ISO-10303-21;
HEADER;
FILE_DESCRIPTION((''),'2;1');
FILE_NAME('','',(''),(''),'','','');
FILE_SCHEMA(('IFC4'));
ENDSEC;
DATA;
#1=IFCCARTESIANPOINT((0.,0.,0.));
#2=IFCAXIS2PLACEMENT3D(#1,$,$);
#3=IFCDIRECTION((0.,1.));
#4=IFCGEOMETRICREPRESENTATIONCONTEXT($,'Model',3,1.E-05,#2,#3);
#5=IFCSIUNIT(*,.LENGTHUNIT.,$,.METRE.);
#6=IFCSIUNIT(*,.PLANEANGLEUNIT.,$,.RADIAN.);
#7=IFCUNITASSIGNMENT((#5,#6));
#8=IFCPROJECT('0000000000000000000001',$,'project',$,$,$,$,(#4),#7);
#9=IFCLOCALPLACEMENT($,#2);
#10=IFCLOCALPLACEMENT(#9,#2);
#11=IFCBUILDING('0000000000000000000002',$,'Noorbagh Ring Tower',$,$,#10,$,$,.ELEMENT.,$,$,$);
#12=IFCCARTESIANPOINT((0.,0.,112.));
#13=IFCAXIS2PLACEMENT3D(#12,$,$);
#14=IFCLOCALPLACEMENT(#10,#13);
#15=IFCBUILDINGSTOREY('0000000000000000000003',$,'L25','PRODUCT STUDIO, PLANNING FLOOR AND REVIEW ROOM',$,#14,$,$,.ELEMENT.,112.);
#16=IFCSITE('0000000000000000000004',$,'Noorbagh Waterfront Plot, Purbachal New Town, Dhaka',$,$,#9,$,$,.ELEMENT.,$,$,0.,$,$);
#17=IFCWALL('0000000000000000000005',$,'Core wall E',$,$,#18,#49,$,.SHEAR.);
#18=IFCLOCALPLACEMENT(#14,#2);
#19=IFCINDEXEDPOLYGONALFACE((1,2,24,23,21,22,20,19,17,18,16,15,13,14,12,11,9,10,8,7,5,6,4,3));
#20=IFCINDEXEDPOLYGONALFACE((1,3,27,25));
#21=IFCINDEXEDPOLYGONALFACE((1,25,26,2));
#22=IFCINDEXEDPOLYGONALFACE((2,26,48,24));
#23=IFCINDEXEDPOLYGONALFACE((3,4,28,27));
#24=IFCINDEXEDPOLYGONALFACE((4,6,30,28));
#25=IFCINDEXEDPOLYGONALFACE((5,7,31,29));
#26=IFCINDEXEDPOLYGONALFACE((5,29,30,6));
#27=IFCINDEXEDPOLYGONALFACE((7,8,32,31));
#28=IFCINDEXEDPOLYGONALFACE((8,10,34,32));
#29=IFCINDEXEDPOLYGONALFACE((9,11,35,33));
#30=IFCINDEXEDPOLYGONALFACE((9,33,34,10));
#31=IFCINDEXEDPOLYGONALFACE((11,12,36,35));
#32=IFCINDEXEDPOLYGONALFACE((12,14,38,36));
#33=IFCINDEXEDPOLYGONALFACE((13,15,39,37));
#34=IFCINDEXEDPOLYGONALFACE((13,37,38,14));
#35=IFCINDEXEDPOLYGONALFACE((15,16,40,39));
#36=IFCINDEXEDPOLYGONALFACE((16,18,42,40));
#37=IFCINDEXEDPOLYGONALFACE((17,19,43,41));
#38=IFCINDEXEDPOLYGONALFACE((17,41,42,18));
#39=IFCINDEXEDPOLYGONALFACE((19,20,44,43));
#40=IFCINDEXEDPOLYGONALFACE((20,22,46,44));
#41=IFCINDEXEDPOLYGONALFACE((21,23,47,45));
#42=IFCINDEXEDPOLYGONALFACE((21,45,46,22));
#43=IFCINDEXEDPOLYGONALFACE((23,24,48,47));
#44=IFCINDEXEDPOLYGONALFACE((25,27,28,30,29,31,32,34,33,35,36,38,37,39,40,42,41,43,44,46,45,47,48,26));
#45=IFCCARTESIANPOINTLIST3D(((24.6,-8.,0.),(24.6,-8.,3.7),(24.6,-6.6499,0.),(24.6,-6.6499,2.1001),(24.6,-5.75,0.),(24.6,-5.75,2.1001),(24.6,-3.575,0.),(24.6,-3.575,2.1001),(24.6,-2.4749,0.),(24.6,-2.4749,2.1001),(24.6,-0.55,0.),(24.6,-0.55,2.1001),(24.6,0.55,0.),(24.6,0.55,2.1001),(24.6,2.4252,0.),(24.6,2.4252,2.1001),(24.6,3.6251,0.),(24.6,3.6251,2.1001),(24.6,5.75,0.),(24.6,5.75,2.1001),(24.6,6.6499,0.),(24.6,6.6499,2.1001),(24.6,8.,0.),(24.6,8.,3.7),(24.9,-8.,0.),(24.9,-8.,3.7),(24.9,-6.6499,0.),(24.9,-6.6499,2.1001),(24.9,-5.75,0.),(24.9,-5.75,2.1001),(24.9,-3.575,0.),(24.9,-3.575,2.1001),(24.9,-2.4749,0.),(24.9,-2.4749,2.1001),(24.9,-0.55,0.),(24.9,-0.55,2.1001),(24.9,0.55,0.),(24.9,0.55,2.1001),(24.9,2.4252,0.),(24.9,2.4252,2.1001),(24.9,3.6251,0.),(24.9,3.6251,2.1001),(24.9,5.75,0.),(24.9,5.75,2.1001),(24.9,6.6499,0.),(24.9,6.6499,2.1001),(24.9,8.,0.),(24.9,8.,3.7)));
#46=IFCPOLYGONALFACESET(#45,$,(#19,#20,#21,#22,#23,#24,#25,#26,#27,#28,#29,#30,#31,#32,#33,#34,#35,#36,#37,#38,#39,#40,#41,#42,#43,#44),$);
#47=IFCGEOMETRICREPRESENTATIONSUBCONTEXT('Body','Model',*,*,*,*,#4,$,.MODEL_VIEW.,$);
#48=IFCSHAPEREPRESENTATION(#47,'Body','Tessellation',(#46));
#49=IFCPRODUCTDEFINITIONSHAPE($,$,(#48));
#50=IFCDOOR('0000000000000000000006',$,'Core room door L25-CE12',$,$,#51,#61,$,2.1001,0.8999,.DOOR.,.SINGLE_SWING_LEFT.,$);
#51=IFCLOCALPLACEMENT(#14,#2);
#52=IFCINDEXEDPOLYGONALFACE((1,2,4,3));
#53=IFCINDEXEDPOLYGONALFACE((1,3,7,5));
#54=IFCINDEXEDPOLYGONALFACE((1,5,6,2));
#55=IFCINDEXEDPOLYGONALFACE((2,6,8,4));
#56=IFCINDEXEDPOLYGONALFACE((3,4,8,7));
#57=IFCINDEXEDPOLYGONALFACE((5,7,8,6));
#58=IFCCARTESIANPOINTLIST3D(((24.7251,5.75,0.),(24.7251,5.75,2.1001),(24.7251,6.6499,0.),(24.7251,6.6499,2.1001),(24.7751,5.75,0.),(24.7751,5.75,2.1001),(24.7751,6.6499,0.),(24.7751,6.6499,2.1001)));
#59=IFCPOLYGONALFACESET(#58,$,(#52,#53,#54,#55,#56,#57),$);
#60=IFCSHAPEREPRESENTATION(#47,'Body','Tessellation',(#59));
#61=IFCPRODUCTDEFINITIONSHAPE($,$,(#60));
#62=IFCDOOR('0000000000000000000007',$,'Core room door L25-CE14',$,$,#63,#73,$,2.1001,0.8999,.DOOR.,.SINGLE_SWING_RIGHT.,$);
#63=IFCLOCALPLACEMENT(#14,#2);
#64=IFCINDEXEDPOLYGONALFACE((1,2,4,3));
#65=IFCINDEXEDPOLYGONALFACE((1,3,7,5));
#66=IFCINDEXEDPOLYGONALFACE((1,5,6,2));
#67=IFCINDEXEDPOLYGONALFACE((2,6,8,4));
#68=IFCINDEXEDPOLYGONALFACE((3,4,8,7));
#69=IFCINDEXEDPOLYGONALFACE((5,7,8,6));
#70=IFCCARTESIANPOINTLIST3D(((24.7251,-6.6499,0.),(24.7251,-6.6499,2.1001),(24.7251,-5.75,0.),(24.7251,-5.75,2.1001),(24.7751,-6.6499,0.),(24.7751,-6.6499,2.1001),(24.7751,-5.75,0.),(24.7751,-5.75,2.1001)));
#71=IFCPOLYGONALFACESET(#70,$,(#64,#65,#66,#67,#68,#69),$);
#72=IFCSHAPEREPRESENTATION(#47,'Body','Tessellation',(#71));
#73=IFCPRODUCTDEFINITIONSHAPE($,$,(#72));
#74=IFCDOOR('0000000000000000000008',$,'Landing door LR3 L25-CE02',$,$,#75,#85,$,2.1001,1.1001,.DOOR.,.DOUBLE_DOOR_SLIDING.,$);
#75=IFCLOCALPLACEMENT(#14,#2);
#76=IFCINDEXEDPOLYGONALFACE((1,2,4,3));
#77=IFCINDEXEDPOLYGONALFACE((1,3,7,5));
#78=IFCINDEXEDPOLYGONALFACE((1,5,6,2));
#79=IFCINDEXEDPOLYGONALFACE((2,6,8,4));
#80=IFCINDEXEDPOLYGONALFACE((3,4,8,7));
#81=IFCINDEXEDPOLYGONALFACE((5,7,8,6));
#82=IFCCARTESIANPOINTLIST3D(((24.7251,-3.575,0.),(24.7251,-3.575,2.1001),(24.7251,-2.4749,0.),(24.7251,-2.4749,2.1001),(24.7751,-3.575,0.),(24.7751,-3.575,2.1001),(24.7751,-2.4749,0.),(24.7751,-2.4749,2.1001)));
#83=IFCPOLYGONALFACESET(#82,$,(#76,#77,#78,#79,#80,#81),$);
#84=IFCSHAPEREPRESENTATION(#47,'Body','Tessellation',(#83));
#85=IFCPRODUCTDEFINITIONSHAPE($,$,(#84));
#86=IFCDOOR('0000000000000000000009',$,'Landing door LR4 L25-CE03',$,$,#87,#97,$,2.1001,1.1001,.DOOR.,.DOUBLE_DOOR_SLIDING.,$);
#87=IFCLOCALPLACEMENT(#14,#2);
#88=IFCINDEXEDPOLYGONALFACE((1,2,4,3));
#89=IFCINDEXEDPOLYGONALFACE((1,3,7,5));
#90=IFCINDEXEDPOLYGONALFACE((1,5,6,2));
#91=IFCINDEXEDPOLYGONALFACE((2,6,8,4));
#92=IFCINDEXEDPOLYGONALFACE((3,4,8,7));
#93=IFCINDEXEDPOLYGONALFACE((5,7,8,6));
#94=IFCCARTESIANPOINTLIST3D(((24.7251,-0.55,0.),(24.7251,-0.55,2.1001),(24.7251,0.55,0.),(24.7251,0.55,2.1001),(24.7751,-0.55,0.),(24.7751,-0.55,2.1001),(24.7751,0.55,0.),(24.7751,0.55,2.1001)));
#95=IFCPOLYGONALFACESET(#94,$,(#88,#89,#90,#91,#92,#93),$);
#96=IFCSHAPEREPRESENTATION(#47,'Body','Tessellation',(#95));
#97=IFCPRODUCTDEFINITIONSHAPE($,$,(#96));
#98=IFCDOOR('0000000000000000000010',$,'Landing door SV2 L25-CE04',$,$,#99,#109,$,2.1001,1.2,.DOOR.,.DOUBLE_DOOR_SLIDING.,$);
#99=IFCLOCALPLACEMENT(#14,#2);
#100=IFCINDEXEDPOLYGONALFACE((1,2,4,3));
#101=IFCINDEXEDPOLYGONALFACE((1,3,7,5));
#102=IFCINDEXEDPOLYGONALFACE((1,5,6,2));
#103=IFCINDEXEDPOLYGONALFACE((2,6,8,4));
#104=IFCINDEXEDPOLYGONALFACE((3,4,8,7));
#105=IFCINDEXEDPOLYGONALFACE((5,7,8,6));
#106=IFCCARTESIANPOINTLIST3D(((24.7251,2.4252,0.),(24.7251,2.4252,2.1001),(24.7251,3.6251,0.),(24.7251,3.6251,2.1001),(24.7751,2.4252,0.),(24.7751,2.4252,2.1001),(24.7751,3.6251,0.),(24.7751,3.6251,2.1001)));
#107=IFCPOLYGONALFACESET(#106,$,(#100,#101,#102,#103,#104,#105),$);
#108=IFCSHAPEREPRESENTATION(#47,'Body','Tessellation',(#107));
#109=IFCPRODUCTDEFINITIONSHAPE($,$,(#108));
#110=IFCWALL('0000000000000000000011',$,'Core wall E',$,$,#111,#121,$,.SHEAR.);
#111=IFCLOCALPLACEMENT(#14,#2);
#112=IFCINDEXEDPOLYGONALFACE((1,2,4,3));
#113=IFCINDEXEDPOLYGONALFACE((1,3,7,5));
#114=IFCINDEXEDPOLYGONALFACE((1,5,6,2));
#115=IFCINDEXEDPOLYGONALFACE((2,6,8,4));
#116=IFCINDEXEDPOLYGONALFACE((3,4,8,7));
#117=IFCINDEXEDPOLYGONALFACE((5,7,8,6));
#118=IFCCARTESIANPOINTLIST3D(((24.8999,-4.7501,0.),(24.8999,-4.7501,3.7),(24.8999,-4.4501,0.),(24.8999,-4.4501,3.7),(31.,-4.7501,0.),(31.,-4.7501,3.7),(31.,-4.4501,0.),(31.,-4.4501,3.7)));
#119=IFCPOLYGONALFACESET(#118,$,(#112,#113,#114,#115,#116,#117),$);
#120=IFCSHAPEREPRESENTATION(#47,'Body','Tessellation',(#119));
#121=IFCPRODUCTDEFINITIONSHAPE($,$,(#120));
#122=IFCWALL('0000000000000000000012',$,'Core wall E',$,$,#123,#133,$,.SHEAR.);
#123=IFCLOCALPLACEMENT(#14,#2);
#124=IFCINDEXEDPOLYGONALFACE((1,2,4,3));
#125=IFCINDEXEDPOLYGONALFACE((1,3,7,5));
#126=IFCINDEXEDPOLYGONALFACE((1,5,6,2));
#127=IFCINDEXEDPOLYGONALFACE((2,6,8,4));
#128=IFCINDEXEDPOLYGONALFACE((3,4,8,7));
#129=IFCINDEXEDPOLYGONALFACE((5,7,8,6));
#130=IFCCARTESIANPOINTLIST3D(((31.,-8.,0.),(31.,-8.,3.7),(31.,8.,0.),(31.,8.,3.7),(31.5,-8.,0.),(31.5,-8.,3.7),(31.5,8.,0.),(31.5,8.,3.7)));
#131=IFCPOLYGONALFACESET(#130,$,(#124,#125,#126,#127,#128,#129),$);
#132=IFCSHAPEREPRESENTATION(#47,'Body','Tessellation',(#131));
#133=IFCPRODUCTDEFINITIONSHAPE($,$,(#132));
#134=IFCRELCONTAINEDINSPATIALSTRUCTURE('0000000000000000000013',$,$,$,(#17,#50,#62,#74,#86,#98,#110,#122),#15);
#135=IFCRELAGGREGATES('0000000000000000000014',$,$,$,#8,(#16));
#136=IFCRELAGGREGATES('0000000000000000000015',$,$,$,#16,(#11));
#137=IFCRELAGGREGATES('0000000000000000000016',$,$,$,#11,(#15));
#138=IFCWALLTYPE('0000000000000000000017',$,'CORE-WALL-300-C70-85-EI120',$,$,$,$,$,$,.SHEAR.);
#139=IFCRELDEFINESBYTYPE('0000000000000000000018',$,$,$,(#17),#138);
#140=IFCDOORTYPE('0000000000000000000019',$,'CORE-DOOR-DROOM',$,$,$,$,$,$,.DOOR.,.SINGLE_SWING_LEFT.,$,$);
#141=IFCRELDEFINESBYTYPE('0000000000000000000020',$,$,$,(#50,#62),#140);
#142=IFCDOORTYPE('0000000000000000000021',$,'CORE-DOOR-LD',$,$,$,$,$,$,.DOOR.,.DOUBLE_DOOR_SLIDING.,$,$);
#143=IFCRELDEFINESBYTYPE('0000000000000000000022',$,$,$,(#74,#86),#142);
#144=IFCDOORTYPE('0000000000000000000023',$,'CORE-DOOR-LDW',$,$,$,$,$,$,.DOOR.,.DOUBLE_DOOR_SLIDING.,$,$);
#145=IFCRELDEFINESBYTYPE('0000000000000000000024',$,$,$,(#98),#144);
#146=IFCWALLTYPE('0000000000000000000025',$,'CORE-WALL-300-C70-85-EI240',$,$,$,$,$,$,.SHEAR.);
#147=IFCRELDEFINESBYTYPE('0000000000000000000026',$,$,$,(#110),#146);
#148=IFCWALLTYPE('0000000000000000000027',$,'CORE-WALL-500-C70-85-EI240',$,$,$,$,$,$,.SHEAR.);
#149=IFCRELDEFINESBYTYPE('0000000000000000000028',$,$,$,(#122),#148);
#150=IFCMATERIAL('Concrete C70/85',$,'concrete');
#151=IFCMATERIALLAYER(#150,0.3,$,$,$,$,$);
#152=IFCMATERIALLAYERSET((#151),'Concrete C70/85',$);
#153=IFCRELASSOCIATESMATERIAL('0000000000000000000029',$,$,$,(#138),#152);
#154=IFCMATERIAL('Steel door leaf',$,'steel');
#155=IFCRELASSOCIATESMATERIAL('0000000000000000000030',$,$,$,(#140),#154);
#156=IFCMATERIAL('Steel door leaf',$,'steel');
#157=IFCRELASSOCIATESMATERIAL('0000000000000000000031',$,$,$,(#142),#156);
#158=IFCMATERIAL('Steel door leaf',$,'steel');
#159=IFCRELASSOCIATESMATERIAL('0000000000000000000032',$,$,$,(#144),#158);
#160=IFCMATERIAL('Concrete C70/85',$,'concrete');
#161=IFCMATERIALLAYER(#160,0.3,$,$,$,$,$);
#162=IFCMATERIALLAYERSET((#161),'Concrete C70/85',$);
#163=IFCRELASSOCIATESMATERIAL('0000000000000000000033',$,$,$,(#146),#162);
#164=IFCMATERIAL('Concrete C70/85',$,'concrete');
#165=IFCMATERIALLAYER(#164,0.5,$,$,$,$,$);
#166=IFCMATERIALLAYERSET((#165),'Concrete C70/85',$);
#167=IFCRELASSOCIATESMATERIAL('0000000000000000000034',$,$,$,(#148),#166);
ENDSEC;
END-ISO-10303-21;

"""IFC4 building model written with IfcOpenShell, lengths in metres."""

from ifc_helpers import new_model, si_unit, direction, frame, frame_2d, origin, place, context, subcontext, project, spatial, rectangle, extrude, material, layer, layer_set, type_object, element, fill, save


model = new_model("IFC4")

# Units and contexts
model_context = context("Model", 3, precision=1e-05, world=origin(), true_north=direction((0.0, 1.0)))
body_context = subcontext(model_context, "Body", "Model", "MODEL_VIEW")
ifc_project = project(units=[si_unit("LENGTHUNIT", "METRE"), si_unit("PLANEANGLEUNIT", "RADIAN")], contexts=[model_context])

# Site, building, storey
site_placement = place(None, origin())
site = spatial("IfcSite", under=ifc_project, at=site_placement, Name="Noorbagh Waterfront Plot, Purbachal New Town, Dhaka", CompositionType="ELEMENT", RefElevation=0.0)
building_placement = place(site_placement, origin())
building = spatial("IfcBuilding", under=site, at=building_placement, Name="Noorbagh Ring Tower", CompositionType="ELEMENT")
storey_placement = place(building_placement, frame((0.0, 0.0, 112.0)))
storey = spatial("IfcBuildingStorey", under=building, at=storey_placement, Name="L25", Description="PRODUCT STUDIO, PLANNING FLOOR AND REVIEW ROOM", CompositionType="ELEMENT", Elevation=112.0)

# Shared definitions
ifc_material_1 = material(Name="Concrete C70/85", Category="concrete")
ifc_layer_1 = layer(ifc_material_1, 0.3)
ifc_layer_set_1 = layer_set([ifc_layer_1], Name="Concrete C70/85")
wall_type_1 = type_object("IfcWallType", Name="CORE-WALL-300-C70-85-EI120", PredefinedType="SHEAR", material=ifc_layer_set_1)

# Wall, openings, doors
wall_1_placement = place(storey_placement, frame((24.75, -8.0, 0.0), z_axis=(0.0, 0.0, 1.0), x_axis=(0.0, 1.0, 0.0)))
wall_1 = element("IfcWall", 1, at=wall_1_placement, inside=storey, type_object=wall_type_1, Name="Core wall E", PredefinedType="SHEAR", context=body_context, shape_type="SweptSolid", body=[
    extrude(rectangle(XDim=16.0, YDim=0.3, at=frame_2d((8.0, 0.0))), origin(), (0.0, 0.0, 1.0), 3.7),
])
opening_1_placement = place(wall_1_placement, frame((4.425, 0.0, 0.0)))
opening_1 = element("IfcOpeningElement", 2, at=opening_1_placement, cuts=wall_1, PredefinedType="OPENING", context=body_context, shape_type="SweptSolid", body=[
    extrude(rectangle(XDim=1.1001, YDim=2.1001, at=frame_2d((0.55, 1.05))), frame((0.0, 0.1602, 0.0), z_axis=(0.0, -1.0, 0.0), x_axis=(1.0, 0.0, 0.0)), (0.0, 0.0, 1.0), 0.3201),
])
opening_2_placement = place(wall_1_placement, frame((7.45, 0.0, 0.0)))
opening_2 = element("IfcOpeningElement", 3, at=opening_2_placement, cuts=wall_1, PredefinedType="OPENING", context=body_context, shape_type="SweptSolid", body=[
    extrude(rectangle(XDim=1.1001, YDim=2.1001, at=frame_2d((0.55, 1.05))), frame((0.0, 0.1602, 0.0), z_axis=(0.0, -1.0, 0.0), x_axis=(1.0, 0.0, 0.0)), (0.0, 0.0, 1.0), 0.3201),
])
opening_3_placement = place(wall_1_placement, frame((10.425, 0.0, 0.0)))
opening_3 = element("IfcOpeningElement", 4, at=opening_3_placement, cuts=wall_1, PredefinedType="OPENING", context=body_context, shape_type="SweptSolid", body=[
    extrude(rectangle(XDim=1.2, YDim=2.1001, at=frame_2d((0.6001, 1.05))), frame((0.0, 0.1602, 0.0), z_axis=(0.0, -1.0, 0.0), x_axis=(1.0, 0.0, 0.0)), (0.0, 0.0, 1.0), 0.3201),
])
opening_4_placement = place(wall_1_placement, frame((13.75, 0.0, 0.0)))
opening_4 = element("IfcOpeningElement", 5, at=opening_4_placement, cuts=wall_1, PredefinedType="OPENING", context=body_context, shape_type="SweptSolid", body=[
    extrude(rectangle(XDim=0.8999, YDim=2.1001, at=frame_2d((0.45, 1.05))), frame((0.0, 0.1602, 0.0), z_axis=(0.0, -1.0, 0.0), x_axis=(1.0, 0.0, 0.0)), (0.0, 0.0, 1.0), 0.3201),
])
opening_5_placement = place(wall_1_placement, frame((1.3501, 0.0, 0.0)))
opening_5 = element("IfcOpeningElement", 6, at=opening_5_placement, cuts=wall_1, PredefinedType="OPENING", context=body_context, shape_type="SweptSolid", body=[
    extrude(rectangle(XDim=0.8999, YDim=2.1001, at=frame_2d((0.45, 1.05))), frame((0.0, 0.1602, 0.0), z_axis=(0.0, -1.0, 0.0), x_axis=(1.0, 0.0, 0.0)), (0.0, 0.0, 1.0), 0.3201),
])
ifc_material_2 = material(Name="Steel door leaf", Category="steel")
door_type_1 = type_object("IfcDoorType", Name="CORE-DOOR-DROOM", OperationType="SINGLE_SWING_LEFT", PredefinedType="DOOR", material=ifc_material_2)
door_1_placement = place(opening_4_placement, origin())
door_1 = element("IfcDoor", 7, at=door_1_placement, inside=storey, type_object=door_type_1, Name="Core room door L25-CE12", OperationType="SINGLE_SWING_LEFT", OverallHeight=2.1001, OverallWidth=0.8999, PredefinedType="DOOR", context=body_context, shape_type="SweptSolid", body=[
    extrude(rectangle(XDim=0.8999, YDim=2.1001, at=frame_2d((0.45, 1.05))), frame((0.0, 0.0249, 0.0), z_axis=(0.0, -1.0, 0.0), x_axis=(1.0, 0.0, 0.0)), (0.0, 0.0, 1.0), 0.05),
])
fill(opening_4, door_1)
door_2_placement = place(opening_5_placement, origin())
door_2 = element("IfcDoor", 8, at=door_2_placement, inside=storey, type_object=door_type_1, Name="Core room door L25-CE14", OperationType="SINGLE_SWING_RIGHT", OverallHeight=2.1001, OverallWidth=0.8999, PredefinedType="DOOR", context=body_context, shape_type="SweptSolid", body=[
    extrude(rectangle(XDim=0.8999, YDim=2.1001, at=frame_2d((0.45, 1.05))), frame((0.0, 0.0249, 0.0), z_axis=(0.0, -1.0, 0.0), x_axis=(1.0, 0.0, 0.0)), (0.0, 0.0, 1.0), 0.05),
])
fill(opening_5, door_2)
ifc_material_3 = material(Name="Steel door leaf", Category="steel")
door_type_2 = type_object("IfcDoorType", Name="CORE-DOOR-LD", OperationType="DOUBLE_DOOR_SLIDING", PredefinedType="DOOR", material=ifc_material_3)
door_3_placement = place(opening_1_placement, origin())
door_3 = element("IfcDoor", 9, at=door_3_placement, inside=storey, type_object=door_type_2, Name="Landing door LR3 L25-CE02", OperationType="DOUBLE_DOOR_SLIDING", OverallHeight=2.1001, OverallWidth=1.1001, PredefinedType="DOOR", context=body_context, shape_type="SweptSolid", body=[
    extrude(rectangle(XDim=1.1001, YDim=2.1001, at=frame_2d((0.55, 1.05))), frame((0.0, 0.0249, 0.0), z_axis=(0.0, -1.0, 0.0), x_axis=(1.0, 0.0, 0.0)), (0.0, 0.0, 1.0), 0.05),
])
fill(opening_1, door_3)
door_4_placement = place(opening_2_placement, origin())
door_4 = element("IfcDoor", 10, at=door_4_placement, inside=storey, type_object=door_type_2, Name="Landing door LR4 L25-CE03", OperationType="DOUBLE_DOOR_SLIDING", OverallHeight=2.1001, OverallWidth=1.1001, PredefinedType="DOOR", context=body_context, shape_type="SweptSolid", body=[
    extrude(rectangle(XDim=1.1001, YDim=2.1001, at=frame_2d((0.55, 1.05))), frame((0.0, 0.0249, 0.0), z_axis=(0.0, -1.0, 0.0), x_axis=(1.0, 0.0, 0.0)), (0.0, 0.0, 1.0), 0.05),
])
fill(opening_2, door_4)
ifc_material_4 = material(Name="Steel door leaf", Category="steel")
door_type_3 = type_object("IfcDoorType", Name="CORE-DOOR-LDW", OperationType="DOUBLE_DOOR_SLIDING", PredefinedType="DOOR", material=ifc_material_4)
door_5_placement = place(opening_3_placement, origin())
door_5 = element("IfcDoor", 11, at=door_5_placement, inside=storey, type_object=door_type_3, Name="Landing door SV2 L25-CE04", OperationType="DOUBLE_DOOR_SLIDING", OverallHeight=2.1001, OverallWidth=1.2, PredefinedType="DOOR", context=body_context, shape_type="SweptSolid", body=[
    extrude(rectangle(XDim=1.2, YDim=2.1001, at=frame_2d((0.6001, 1.05))), frame((0.0, 0.0249, 0.0), z_axis=(0.0, -1.0, 0.0), x_axis=(1.0, 0.0, 0.0)), (0.0, 0.0, 1.0), 0.05),
])
fill(opening_3, door_5)

# Walls
ifc_material_5 = material(Name="Concrete C70/85", Category="concrete")
ifc_layer_2 = layer(ifc_material_5, 0.3)
ifc_layer_set_2 = layer_set([ifc_layer_2], Name="Concrete C70/85")
wall_type_2 = type_object("IfcWallType", Name="CORE-WALL-300-C70-85-EI240", PredefinedType="SHEAR", material=ifc_layer_set_2)
wall_2_placement = place(storey_placement, frame((24.8999, -4.6001, 0.0), z_axis=(0.0, 0.0, 1.0), x_axis=(1.0, 0.0, 0.0)))
element("IfcWall", 12, at=wall_2_placement, inside=storey, type_object=wall_type_2, Name="Core wall E", PredefinedType="SHEAR", context=body_context, shape_type="SweptSolid", body=[
    extrude(rectangle(XDim=6.1001, YDim=0.3, at=frame_2d((3.05, 0.0))), origin(), (0.0, 0.0, 1.0), 3.7),
])
ifc_material_6 = material(Name="Concrete C70/85", Category="concrete")
ifc_layer_3 = layer(ifc_material_6, 0.5)
ifc_layer_set_3 = layer_set([ifc_layer_3], Name="Concrete C70/85")
wall_type_3 = type_object("IfcWallType", Name="CORE-WALL-500-C70-85-EI240", PredefinedType="SHEAR", material=ifc_layer_set_3)
wall_3_placement = place(storey_placement, frame((31.25, -8.0, 0.0), z_axis=(0.0, 0.0, 1.0), x_axis=(0.0, 1.0, 0.0)))
element("IfcWall", 13, at=wall_3_placement, inside=storey, type_object=wall_type_3, Name="Core wall E", PredefinedType="SHEAR", context=body_context, shape_type="SweptSolid", body=[
    extrude(rectangle(XDim=16.0, YDim=0.5, at=frame_2d((8.0, 0.0))), origin(), (0.0, 0.0, 1.0), 3.7),
])

save(model, "model.ifc")
